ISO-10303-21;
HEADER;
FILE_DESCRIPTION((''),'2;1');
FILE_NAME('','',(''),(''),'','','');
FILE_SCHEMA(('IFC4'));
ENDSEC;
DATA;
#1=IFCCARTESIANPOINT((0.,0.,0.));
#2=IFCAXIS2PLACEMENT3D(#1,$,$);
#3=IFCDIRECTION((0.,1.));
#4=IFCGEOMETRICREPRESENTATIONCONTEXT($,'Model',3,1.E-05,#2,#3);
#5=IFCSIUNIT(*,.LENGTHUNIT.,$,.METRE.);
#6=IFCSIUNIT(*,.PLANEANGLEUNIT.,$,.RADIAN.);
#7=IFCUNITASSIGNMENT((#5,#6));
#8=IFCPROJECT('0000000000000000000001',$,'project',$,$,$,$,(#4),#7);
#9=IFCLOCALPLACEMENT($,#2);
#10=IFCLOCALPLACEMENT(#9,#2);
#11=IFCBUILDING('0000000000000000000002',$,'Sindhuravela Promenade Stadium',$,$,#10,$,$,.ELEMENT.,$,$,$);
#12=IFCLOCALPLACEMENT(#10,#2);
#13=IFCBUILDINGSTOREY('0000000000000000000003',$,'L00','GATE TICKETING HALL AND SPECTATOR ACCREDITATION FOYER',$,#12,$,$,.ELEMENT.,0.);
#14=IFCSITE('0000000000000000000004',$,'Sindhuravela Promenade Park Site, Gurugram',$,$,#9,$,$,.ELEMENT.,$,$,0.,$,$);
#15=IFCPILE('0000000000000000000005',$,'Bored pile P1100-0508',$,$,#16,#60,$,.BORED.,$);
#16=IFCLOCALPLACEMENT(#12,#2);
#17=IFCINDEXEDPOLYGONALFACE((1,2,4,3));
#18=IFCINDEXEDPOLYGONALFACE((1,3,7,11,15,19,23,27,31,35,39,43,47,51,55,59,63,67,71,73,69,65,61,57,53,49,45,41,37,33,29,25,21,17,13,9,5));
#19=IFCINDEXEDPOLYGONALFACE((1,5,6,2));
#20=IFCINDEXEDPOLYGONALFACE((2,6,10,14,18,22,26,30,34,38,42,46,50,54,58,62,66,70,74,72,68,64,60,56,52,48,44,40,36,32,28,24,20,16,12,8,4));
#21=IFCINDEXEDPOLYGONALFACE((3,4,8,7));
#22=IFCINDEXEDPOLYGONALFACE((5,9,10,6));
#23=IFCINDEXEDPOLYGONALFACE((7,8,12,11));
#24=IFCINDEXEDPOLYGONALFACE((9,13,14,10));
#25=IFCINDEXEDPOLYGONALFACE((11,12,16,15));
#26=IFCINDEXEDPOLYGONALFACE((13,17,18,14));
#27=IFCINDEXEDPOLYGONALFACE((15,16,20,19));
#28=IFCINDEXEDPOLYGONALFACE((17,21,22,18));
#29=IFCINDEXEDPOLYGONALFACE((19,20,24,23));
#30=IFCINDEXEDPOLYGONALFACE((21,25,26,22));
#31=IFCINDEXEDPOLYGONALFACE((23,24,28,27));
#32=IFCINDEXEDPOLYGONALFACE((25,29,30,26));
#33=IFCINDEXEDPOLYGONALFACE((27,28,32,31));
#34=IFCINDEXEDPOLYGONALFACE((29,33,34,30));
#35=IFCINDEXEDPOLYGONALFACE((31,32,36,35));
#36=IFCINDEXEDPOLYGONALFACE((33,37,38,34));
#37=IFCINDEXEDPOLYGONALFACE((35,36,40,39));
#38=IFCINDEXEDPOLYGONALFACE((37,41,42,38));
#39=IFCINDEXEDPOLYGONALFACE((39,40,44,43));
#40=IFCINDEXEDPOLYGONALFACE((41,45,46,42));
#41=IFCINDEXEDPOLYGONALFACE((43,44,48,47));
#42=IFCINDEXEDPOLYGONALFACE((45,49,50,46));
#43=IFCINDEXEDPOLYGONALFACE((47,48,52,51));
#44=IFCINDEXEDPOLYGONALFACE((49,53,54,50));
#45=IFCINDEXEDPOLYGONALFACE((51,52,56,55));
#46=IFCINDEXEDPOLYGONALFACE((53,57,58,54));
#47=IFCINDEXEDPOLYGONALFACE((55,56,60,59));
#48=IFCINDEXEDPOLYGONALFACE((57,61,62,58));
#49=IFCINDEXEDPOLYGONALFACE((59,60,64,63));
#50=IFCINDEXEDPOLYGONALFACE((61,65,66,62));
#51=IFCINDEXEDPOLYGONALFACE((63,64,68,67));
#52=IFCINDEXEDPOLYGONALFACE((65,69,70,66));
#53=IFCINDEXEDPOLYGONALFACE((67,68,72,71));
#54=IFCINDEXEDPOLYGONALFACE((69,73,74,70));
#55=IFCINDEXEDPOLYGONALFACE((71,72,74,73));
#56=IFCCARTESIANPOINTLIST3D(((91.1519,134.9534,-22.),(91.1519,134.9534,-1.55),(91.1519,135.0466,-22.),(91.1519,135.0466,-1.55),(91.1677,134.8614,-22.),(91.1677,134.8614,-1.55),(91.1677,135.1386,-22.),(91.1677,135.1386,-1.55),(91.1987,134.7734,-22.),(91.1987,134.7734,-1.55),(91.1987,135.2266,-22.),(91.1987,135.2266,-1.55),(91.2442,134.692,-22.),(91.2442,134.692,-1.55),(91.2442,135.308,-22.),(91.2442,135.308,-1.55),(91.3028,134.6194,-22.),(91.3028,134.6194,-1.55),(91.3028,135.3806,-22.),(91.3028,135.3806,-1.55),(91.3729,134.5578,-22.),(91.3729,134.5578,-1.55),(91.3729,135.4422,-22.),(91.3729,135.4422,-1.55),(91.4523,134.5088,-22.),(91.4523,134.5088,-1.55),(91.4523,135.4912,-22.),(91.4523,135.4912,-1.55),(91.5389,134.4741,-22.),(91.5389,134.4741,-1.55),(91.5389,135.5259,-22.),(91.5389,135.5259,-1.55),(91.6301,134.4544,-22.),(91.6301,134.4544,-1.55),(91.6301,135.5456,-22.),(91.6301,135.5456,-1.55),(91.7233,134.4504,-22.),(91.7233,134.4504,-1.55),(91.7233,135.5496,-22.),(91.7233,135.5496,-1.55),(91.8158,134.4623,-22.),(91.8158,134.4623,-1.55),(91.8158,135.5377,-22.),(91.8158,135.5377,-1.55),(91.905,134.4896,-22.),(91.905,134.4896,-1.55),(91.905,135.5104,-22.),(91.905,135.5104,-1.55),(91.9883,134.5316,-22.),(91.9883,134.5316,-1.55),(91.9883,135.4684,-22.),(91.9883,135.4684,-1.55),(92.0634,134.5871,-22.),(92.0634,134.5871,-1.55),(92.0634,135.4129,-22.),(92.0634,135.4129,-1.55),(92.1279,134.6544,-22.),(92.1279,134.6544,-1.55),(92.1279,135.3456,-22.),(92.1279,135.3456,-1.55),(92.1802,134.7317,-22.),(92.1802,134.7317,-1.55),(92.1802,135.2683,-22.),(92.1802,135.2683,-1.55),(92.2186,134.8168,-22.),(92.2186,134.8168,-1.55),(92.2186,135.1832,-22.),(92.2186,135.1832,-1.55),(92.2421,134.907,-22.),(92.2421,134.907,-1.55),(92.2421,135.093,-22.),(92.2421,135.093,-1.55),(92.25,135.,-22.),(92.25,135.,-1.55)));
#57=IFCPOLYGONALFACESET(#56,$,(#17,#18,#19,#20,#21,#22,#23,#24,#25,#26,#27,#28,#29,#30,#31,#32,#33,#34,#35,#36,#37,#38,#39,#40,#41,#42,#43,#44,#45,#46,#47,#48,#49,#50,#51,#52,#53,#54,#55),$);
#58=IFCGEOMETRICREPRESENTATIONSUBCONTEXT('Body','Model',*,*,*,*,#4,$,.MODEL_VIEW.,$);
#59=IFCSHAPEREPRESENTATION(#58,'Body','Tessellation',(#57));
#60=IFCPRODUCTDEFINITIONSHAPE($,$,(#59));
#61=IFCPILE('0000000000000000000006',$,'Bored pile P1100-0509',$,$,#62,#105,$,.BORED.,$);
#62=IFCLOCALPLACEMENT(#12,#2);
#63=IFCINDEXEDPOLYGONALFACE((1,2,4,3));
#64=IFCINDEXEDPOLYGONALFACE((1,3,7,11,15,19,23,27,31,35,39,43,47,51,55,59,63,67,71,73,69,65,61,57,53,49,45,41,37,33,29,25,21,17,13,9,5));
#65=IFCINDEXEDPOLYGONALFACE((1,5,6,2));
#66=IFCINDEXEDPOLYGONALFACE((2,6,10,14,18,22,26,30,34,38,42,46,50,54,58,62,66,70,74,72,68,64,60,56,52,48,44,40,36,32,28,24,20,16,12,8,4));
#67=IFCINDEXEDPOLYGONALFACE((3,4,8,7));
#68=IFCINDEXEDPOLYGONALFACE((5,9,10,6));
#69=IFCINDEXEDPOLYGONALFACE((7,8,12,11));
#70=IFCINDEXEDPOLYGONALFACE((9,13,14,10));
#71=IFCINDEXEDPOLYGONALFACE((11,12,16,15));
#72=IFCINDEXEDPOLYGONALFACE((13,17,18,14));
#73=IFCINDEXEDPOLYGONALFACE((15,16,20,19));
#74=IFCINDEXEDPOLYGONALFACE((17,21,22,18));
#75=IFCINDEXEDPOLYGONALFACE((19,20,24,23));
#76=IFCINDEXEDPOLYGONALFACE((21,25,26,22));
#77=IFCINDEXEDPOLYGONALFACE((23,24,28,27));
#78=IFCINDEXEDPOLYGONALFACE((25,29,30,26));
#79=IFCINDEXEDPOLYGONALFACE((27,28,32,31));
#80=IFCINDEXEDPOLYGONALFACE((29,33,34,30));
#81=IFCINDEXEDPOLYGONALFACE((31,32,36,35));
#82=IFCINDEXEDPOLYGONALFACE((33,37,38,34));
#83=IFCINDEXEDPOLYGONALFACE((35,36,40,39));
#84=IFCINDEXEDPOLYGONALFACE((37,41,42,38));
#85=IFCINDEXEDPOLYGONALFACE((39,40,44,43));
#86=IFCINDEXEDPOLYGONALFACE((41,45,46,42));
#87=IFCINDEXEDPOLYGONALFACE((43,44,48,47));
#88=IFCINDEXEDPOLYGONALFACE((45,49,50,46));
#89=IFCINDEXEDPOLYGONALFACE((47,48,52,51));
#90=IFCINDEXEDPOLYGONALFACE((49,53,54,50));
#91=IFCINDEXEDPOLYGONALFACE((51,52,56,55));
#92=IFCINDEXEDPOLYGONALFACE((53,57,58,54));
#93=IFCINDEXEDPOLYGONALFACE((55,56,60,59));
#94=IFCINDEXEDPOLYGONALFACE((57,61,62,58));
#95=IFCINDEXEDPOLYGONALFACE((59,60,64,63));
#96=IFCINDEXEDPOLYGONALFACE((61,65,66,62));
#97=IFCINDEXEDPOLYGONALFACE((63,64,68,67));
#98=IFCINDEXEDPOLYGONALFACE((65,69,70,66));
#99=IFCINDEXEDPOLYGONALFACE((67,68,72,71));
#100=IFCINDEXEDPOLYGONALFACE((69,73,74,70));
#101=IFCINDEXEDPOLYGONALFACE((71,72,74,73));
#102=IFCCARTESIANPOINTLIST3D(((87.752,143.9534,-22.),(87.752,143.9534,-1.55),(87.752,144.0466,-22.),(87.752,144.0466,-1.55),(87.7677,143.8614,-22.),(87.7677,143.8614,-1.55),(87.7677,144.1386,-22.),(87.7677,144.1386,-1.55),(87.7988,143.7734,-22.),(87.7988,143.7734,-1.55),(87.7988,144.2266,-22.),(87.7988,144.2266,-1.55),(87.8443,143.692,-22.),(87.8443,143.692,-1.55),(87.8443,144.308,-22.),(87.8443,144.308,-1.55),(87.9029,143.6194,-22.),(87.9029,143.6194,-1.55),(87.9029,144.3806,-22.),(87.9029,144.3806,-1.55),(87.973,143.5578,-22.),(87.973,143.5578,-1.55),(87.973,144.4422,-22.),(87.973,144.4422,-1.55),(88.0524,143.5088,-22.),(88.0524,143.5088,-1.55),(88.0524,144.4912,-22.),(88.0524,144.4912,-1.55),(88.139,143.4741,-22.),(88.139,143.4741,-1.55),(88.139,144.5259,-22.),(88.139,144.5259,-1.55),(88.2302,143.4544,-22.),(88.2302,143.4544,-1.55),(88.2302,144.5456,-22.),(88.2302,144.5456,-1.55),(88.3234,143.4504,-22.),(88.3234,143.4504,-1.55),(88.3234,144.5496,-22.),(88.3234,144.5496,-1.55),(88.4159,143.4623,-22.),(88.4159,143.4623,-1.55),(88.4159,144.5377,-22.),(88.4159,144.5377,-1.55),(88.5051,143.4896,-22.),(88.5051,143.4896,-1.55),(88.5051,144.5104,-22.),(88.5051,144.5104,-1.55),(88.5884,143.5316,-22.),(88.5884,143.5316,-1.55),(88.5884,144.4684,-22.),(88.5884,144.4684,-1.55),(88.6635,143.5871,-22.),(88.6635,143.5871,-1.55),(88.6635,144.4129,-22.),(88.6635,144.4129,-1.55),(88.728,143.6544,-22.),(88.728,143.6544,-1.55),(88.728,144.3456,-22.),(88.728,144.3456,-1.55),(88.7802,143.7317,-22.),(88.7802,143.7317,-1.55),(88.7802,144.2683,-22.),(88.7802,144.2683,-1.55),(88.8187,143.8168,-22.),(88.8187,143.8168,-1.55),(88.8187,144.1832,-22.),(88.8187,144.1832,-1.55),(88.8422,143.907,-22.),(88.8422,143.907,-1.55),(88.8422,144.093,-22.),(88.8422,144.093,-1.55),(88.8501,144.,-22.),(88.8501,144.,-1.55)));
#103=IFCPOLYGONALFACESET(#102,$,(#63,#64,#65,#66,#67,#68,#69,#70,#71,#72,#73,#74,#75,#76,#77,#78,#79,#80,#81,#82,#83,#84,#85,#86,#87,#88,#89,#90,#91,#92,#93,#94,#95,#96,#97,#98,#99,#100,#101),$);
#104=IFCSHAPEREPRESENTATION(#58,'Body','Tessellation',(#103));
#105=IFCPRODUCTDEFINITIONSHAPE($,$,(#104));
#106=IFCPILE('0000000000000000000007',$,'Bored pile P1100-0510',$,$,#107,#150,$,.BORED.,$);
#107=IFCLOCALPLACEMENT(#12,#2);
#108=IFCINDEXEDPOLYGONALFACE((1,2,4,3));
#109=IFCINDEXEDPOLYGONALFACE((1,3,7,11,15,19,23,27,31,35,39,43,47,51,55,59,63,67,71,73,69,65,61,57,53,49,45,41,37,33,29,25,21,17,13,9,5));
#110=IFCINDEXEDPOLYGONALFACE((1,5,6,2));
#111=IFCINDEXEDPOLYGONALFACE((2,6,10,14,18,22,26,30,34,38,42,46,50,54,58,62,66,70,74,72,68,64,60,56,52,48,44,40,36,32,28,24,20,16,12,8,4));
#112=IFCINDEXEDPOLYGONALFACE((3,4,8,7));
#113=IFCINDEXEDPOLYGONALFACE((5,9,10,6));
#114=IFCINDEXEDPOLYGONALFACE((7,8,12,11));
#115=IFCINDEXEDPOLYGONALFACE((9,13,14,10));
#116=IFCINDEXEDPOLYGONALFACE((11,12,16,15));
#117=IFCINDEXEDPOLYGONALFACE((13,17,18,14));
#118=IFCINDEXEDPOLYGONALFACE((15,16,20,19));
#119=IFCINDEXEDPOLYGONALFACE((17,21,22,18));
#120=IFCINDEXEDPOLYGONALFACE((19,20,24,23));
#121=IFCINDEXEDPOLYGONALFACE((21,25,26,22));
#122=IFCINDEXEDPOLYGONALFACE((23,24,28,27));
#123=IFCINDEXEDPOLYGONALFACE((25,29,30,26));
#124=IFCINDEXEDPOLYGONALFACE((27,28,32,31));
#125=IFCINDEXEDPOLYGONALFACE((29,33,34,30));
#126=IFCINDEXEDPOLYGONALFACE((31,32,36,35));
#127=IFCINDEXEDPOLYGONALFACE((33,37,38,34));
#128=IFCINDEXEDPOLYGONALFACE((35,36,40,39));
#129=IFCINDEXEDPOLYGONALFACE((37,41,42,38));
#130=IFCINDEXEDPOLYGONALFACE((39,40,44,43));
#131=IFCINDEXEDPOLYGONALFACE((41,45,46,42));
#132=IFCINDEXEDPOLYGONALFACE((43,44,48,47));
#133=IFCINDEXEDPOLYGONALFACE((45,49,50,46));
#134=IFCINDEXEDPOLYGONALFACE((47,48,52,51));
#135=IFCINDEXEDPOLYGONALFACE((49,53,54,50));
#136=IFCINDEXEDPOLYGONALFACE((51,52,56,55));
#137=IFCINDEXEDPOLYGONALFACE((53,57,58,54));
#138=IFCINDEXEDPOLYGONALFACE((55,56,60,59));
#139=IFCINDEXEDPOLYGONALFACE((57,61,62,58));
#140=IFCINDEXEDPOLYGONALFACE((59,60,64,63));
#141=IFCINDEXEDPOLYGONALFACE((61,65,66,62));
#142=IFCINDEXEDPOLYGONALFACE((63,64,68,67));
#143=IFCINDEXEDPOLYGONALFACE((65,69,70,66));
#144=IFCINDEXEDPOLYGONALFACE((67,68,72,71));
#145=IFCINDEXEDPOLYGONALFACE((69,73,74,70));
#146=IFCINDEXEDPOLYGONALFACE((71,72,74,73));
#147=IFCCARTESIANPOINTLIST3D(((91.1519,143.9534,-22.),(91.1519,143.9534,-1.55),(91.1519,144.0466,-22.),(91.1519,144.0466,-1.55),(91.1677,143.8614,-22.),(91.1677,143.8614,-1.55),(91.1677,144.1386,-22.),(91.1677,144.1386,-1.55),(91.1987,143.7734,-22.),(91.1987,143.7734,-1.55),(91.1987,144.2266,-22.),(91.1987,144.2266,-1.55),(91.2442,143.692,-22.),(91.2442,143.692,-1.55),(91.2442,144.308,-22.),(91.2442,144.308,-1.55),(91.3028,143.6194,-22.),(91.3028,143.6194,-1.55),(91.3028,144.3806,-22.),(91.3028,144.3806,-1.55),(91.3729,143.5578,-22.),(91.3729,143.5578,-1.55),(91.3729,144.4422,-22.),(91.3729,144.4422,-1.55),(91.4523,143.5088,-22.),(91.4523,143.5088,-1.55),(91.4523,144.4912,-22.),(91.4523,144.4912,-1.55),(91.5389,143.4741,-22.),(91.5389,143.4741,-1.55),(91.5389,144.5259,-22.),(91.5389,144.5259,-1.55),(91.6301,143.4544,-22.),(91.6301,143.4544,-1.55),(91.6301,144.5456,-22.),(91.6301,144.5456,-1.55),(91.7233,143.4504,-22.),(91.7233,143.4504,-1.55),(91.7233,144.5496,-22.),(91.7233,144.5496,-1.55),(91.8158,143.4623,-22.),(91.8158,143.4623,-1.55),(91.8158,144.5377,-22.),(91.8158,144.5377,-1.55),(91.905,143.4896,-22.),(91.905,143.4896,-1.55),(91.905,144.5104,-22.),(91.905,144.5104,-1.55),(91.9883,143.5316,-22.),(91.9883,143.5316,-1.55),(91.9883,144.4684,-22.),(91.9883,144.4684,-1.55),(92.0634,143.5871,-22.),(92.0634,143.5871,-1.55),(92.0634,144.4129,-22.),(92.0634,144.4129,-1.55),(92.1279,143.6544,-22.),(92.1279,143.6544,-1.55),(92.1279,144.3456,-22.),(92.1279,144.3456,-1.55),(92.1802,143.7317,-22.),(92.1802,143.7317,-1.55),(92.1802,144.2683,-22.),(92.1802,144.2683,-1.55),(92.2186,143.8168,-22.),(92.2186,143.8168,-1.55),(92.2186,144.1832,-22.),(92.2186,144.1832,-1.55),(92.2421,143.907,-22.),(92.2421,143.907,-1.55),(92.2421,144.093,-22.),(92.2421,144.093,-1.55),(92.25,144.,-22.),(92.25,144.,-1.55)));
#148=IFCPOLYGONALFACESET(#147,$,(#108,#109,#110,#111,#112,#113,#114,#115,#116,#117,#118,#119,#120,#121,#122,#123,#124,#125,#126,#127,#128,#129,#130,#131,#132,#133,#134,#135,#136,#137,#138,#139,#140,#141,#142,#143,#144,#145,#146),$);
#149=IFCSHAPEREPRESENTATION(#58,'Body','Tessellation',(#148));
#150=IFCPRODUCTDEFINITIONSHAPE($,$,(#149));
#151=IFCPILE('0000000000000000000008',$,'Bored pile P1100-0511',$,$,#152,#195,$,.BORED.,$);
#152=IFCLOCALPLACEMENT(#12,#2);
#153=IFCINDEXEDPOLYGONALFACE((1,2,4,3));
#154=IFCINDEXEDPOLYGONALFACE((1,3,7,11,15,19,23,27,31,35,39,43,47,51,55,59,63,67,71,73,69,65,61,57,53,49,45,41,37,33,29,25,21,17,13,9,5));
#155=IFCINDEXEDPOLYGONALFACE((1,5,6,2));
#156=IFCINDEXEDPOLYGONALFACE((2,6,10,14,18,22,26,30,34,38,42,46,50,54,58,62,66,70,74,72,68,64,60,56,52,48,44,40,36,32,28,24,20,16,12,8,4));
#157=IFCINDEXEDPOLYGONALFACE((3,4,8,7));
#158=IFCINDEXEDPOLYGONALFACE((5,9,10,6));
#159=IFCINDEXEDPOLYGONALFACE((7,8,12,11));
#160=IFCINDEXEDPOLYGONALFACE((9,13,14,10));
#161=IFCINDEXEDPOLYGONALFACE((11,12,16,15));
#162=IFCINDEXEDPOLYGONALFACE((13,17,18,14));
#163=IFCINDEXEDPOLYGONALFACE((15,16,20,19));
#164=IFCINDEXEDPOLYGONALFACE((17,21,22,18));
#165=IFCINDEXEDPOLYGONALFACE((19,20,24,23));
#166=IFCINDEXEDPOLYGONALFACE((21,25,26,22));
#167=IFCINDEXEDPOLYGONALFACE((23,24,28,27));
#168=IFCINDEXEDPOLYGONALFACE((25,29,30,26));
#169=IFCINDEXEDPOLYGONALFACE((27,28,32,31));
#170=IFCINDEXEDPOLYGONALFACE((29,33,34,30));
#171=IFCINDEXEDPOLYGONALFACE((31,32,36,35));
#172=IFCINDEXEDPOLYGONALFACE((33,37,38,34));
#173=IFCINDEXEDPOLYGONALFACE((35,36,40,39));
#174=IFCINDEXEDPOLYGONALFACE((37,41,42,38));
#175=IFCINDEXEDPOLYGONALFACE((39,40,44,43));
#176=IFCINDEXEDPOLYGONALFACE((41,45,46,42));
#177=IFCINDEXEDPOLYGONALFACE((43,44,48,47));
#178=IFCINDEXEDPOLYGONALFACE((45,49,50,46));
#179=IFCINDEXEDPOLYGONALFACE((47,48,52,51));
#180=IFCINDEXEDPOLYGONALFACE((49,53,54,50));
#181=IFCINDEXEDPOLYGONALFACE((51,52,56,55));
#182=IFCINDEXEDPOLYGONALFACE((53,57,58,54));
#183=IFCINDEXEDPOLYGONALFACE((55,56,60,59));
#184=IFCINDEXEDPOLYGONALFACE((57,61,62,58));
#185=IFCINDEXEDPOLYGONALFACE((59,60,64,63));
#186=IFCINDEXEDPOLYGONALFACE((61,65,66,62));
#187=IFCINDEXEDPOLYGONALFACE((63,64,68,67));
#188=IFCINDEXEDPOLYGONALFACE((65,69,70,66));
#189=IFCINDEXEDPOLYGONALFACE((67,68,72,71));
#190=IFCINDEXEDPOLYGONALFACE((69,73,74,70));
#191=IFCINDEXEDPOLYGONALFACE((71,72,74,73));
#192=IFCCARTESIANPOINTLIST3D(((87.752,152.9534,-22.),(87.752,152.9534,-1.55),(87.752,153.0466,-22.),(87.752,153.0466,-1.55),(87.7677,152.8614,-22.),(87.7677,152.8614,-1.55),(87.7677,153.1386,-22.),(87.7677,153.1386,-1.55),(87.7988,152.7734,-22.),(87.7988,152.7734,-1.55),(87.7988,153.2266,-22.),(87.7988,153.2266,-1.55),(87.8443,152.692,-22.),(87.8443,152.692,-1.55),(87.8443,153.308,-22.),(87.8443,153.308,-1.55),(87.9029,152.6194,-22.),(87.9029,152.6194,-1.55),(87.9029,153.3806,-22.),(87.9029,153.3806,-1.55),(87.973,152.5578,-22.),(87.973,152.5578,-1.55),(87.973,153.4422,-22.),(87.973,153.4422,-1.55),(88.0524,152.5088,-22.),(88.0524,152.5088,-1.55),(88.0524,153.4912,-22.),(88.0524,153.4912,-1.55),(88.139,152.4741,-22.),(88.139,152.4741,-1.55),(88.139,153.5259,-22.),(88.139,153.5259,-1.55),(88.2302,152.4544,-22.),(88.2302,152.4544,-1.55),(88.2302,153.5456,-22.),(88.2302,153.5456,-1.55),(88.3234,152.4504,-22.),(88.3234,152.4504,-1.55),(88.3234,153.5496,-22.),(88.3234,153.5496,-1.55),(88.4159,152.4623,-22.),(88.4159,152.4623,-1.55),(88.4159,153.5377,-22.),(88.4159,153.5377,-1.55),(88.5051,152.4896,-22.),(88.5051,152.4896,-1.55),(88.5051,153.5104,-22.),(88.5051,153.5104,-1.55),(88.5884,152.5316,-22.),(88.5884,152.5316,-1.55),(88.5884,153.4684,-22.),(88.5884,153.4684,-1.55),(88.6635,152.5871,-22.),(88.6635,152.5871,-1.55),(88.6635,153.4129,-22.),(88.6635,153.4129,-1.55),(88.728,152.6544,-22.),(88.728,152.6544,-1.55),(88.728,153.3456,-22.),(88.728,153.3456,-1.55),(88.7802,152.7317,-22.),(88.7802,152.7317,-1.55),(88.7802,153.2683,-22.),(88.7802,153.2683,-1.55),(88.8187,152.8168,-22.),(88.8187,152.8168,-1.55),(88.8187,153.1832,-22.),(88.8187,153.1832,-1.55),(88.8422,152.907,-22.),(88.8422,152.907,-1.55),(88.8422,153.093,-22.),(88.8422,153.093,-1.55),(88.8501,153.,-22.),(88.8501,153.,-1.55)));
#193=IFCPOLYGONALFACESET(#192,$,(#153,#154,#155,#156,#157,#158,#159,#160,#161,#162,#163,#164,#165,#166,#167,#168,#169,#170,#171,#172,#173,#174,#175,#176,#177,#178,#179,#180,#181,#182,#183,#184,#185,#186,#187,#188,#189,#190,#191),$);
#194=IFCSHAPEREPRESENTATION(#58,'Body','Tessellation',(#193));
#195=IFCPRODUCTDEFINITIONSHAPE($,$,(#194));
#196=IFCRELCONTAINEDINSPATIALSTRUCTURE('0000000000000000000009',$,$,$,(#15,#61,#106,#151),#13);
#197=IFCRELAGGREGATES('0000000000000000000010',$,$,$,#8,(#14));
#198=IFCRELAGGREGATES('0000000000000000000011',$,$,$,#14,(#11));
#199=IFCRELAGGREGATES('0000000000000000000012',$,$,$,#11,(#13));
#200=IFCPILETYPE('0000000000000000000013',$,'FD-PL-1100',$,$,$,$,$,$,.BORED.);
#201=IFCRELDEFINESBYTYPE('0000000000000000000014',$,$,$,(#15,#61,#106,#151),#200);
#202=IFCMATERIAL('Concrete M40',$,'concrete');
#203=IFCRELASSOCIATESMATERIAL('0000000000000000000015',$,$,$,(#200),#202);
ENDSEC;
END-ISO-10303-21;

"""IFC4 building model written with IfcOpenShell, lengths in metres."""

from ifc_helpers import new_model, si_unit, direction, frame, origin, origin_2d, place, context, subcontext, project, spatial, circle, extrude, material, material_profile, profile_set, type_object, element, save


model = new_model("IFC4")

# Units and contexts
model_context = context("Model", 3, precision=1e-05, world=origin(), true_north=direction((0.0, 1.0)))
body_context = subcontext(model_context, "Body", "Model", "MODEL_VIEW")
ifc_project = project(units=[si_unit("LENGTHUNIT", "METRE"), si_unit("PLANEANGLEUNIT", "RADIAN")], contexts=[model_context])

# Site, building, storey
site_placement = place(None, origin())
site = spatial("IfcSite", under=ifc_project, at=site_placement, Name="Sindhuravela Promenade Park Site, Gurugram", CompositionType="ELEMENT", RefElevation=0.0)
building_placement = place(site_placement, origin())
building = spatial("IfcBuilding", under=site, at=building_placement, Name="Sindhuravela Promenade Stadium", CompositionType="ELEMENT")
storey_placement = place(building_placement, origin())
storey = spatial("IfcBuildingStorey", under=building, at=storey_placement, Name="L00", Description="GATE TICKETING HALL AND SPECTATOR ACCREDITATION FOYER", CompositionType="ELEMENT", Elevation=0.0)

# Piles
ifc_material_1 = material(Name="Concrete M40", Category="concrete")
ifc_material_profile_1 = material_profile(ifc_material_1, circle(Radius=0.55, at=origin_2d()), Name="BORED PILE D1100")
ifc_profile_set_1 = profile_set([ifc_material_profile_1], Name="Concrete M40")
pile_type_1 = type_object("IfcPileType", Name="FD-PL-1100", PredefinedType="BORED", material=ifc_profile_set_1)
for number, where, z_axis, x_axis, name in (
    (1, (91.7, 135.0, -1.55), (0.0, 0.0, -1.0), (1.0, 0.0, 0.0), "Bored pile P1100-0508"),
    (2, (88.3, 144.0, -1.55), (0.0, 0.0, -1.0), (1.0, 0.0, 0.0), "Bored pile P1100-0509"),
    (3, (91.7, 144.0, -1.55), (0.0, 0.0, -1.0), (1.0, 0.0, 0.0), "Bored pile P1100-0510"),
    (4, (88.3, 153.0, -1.55), (0.0, 0.0, -1.0), (1.0, 0.0, 0.0), "Bored pile P1100-0511"),
):
    element("IfcPile", number, at=place(storey_placement, frame(where, z_axis=z_axis, x_axis=x_axis)), inside=storey, type_object=pile_type_1, Name=name, PredefinedType="BORED", context=body_context, shape_type="SweptSolid", body=[
        extrude(circle(Radius=0.55, at=origin_2d()), origin(), (0.0, 0.0, 1.0), 20.45),
    ])

save(model, "model.ifc")
